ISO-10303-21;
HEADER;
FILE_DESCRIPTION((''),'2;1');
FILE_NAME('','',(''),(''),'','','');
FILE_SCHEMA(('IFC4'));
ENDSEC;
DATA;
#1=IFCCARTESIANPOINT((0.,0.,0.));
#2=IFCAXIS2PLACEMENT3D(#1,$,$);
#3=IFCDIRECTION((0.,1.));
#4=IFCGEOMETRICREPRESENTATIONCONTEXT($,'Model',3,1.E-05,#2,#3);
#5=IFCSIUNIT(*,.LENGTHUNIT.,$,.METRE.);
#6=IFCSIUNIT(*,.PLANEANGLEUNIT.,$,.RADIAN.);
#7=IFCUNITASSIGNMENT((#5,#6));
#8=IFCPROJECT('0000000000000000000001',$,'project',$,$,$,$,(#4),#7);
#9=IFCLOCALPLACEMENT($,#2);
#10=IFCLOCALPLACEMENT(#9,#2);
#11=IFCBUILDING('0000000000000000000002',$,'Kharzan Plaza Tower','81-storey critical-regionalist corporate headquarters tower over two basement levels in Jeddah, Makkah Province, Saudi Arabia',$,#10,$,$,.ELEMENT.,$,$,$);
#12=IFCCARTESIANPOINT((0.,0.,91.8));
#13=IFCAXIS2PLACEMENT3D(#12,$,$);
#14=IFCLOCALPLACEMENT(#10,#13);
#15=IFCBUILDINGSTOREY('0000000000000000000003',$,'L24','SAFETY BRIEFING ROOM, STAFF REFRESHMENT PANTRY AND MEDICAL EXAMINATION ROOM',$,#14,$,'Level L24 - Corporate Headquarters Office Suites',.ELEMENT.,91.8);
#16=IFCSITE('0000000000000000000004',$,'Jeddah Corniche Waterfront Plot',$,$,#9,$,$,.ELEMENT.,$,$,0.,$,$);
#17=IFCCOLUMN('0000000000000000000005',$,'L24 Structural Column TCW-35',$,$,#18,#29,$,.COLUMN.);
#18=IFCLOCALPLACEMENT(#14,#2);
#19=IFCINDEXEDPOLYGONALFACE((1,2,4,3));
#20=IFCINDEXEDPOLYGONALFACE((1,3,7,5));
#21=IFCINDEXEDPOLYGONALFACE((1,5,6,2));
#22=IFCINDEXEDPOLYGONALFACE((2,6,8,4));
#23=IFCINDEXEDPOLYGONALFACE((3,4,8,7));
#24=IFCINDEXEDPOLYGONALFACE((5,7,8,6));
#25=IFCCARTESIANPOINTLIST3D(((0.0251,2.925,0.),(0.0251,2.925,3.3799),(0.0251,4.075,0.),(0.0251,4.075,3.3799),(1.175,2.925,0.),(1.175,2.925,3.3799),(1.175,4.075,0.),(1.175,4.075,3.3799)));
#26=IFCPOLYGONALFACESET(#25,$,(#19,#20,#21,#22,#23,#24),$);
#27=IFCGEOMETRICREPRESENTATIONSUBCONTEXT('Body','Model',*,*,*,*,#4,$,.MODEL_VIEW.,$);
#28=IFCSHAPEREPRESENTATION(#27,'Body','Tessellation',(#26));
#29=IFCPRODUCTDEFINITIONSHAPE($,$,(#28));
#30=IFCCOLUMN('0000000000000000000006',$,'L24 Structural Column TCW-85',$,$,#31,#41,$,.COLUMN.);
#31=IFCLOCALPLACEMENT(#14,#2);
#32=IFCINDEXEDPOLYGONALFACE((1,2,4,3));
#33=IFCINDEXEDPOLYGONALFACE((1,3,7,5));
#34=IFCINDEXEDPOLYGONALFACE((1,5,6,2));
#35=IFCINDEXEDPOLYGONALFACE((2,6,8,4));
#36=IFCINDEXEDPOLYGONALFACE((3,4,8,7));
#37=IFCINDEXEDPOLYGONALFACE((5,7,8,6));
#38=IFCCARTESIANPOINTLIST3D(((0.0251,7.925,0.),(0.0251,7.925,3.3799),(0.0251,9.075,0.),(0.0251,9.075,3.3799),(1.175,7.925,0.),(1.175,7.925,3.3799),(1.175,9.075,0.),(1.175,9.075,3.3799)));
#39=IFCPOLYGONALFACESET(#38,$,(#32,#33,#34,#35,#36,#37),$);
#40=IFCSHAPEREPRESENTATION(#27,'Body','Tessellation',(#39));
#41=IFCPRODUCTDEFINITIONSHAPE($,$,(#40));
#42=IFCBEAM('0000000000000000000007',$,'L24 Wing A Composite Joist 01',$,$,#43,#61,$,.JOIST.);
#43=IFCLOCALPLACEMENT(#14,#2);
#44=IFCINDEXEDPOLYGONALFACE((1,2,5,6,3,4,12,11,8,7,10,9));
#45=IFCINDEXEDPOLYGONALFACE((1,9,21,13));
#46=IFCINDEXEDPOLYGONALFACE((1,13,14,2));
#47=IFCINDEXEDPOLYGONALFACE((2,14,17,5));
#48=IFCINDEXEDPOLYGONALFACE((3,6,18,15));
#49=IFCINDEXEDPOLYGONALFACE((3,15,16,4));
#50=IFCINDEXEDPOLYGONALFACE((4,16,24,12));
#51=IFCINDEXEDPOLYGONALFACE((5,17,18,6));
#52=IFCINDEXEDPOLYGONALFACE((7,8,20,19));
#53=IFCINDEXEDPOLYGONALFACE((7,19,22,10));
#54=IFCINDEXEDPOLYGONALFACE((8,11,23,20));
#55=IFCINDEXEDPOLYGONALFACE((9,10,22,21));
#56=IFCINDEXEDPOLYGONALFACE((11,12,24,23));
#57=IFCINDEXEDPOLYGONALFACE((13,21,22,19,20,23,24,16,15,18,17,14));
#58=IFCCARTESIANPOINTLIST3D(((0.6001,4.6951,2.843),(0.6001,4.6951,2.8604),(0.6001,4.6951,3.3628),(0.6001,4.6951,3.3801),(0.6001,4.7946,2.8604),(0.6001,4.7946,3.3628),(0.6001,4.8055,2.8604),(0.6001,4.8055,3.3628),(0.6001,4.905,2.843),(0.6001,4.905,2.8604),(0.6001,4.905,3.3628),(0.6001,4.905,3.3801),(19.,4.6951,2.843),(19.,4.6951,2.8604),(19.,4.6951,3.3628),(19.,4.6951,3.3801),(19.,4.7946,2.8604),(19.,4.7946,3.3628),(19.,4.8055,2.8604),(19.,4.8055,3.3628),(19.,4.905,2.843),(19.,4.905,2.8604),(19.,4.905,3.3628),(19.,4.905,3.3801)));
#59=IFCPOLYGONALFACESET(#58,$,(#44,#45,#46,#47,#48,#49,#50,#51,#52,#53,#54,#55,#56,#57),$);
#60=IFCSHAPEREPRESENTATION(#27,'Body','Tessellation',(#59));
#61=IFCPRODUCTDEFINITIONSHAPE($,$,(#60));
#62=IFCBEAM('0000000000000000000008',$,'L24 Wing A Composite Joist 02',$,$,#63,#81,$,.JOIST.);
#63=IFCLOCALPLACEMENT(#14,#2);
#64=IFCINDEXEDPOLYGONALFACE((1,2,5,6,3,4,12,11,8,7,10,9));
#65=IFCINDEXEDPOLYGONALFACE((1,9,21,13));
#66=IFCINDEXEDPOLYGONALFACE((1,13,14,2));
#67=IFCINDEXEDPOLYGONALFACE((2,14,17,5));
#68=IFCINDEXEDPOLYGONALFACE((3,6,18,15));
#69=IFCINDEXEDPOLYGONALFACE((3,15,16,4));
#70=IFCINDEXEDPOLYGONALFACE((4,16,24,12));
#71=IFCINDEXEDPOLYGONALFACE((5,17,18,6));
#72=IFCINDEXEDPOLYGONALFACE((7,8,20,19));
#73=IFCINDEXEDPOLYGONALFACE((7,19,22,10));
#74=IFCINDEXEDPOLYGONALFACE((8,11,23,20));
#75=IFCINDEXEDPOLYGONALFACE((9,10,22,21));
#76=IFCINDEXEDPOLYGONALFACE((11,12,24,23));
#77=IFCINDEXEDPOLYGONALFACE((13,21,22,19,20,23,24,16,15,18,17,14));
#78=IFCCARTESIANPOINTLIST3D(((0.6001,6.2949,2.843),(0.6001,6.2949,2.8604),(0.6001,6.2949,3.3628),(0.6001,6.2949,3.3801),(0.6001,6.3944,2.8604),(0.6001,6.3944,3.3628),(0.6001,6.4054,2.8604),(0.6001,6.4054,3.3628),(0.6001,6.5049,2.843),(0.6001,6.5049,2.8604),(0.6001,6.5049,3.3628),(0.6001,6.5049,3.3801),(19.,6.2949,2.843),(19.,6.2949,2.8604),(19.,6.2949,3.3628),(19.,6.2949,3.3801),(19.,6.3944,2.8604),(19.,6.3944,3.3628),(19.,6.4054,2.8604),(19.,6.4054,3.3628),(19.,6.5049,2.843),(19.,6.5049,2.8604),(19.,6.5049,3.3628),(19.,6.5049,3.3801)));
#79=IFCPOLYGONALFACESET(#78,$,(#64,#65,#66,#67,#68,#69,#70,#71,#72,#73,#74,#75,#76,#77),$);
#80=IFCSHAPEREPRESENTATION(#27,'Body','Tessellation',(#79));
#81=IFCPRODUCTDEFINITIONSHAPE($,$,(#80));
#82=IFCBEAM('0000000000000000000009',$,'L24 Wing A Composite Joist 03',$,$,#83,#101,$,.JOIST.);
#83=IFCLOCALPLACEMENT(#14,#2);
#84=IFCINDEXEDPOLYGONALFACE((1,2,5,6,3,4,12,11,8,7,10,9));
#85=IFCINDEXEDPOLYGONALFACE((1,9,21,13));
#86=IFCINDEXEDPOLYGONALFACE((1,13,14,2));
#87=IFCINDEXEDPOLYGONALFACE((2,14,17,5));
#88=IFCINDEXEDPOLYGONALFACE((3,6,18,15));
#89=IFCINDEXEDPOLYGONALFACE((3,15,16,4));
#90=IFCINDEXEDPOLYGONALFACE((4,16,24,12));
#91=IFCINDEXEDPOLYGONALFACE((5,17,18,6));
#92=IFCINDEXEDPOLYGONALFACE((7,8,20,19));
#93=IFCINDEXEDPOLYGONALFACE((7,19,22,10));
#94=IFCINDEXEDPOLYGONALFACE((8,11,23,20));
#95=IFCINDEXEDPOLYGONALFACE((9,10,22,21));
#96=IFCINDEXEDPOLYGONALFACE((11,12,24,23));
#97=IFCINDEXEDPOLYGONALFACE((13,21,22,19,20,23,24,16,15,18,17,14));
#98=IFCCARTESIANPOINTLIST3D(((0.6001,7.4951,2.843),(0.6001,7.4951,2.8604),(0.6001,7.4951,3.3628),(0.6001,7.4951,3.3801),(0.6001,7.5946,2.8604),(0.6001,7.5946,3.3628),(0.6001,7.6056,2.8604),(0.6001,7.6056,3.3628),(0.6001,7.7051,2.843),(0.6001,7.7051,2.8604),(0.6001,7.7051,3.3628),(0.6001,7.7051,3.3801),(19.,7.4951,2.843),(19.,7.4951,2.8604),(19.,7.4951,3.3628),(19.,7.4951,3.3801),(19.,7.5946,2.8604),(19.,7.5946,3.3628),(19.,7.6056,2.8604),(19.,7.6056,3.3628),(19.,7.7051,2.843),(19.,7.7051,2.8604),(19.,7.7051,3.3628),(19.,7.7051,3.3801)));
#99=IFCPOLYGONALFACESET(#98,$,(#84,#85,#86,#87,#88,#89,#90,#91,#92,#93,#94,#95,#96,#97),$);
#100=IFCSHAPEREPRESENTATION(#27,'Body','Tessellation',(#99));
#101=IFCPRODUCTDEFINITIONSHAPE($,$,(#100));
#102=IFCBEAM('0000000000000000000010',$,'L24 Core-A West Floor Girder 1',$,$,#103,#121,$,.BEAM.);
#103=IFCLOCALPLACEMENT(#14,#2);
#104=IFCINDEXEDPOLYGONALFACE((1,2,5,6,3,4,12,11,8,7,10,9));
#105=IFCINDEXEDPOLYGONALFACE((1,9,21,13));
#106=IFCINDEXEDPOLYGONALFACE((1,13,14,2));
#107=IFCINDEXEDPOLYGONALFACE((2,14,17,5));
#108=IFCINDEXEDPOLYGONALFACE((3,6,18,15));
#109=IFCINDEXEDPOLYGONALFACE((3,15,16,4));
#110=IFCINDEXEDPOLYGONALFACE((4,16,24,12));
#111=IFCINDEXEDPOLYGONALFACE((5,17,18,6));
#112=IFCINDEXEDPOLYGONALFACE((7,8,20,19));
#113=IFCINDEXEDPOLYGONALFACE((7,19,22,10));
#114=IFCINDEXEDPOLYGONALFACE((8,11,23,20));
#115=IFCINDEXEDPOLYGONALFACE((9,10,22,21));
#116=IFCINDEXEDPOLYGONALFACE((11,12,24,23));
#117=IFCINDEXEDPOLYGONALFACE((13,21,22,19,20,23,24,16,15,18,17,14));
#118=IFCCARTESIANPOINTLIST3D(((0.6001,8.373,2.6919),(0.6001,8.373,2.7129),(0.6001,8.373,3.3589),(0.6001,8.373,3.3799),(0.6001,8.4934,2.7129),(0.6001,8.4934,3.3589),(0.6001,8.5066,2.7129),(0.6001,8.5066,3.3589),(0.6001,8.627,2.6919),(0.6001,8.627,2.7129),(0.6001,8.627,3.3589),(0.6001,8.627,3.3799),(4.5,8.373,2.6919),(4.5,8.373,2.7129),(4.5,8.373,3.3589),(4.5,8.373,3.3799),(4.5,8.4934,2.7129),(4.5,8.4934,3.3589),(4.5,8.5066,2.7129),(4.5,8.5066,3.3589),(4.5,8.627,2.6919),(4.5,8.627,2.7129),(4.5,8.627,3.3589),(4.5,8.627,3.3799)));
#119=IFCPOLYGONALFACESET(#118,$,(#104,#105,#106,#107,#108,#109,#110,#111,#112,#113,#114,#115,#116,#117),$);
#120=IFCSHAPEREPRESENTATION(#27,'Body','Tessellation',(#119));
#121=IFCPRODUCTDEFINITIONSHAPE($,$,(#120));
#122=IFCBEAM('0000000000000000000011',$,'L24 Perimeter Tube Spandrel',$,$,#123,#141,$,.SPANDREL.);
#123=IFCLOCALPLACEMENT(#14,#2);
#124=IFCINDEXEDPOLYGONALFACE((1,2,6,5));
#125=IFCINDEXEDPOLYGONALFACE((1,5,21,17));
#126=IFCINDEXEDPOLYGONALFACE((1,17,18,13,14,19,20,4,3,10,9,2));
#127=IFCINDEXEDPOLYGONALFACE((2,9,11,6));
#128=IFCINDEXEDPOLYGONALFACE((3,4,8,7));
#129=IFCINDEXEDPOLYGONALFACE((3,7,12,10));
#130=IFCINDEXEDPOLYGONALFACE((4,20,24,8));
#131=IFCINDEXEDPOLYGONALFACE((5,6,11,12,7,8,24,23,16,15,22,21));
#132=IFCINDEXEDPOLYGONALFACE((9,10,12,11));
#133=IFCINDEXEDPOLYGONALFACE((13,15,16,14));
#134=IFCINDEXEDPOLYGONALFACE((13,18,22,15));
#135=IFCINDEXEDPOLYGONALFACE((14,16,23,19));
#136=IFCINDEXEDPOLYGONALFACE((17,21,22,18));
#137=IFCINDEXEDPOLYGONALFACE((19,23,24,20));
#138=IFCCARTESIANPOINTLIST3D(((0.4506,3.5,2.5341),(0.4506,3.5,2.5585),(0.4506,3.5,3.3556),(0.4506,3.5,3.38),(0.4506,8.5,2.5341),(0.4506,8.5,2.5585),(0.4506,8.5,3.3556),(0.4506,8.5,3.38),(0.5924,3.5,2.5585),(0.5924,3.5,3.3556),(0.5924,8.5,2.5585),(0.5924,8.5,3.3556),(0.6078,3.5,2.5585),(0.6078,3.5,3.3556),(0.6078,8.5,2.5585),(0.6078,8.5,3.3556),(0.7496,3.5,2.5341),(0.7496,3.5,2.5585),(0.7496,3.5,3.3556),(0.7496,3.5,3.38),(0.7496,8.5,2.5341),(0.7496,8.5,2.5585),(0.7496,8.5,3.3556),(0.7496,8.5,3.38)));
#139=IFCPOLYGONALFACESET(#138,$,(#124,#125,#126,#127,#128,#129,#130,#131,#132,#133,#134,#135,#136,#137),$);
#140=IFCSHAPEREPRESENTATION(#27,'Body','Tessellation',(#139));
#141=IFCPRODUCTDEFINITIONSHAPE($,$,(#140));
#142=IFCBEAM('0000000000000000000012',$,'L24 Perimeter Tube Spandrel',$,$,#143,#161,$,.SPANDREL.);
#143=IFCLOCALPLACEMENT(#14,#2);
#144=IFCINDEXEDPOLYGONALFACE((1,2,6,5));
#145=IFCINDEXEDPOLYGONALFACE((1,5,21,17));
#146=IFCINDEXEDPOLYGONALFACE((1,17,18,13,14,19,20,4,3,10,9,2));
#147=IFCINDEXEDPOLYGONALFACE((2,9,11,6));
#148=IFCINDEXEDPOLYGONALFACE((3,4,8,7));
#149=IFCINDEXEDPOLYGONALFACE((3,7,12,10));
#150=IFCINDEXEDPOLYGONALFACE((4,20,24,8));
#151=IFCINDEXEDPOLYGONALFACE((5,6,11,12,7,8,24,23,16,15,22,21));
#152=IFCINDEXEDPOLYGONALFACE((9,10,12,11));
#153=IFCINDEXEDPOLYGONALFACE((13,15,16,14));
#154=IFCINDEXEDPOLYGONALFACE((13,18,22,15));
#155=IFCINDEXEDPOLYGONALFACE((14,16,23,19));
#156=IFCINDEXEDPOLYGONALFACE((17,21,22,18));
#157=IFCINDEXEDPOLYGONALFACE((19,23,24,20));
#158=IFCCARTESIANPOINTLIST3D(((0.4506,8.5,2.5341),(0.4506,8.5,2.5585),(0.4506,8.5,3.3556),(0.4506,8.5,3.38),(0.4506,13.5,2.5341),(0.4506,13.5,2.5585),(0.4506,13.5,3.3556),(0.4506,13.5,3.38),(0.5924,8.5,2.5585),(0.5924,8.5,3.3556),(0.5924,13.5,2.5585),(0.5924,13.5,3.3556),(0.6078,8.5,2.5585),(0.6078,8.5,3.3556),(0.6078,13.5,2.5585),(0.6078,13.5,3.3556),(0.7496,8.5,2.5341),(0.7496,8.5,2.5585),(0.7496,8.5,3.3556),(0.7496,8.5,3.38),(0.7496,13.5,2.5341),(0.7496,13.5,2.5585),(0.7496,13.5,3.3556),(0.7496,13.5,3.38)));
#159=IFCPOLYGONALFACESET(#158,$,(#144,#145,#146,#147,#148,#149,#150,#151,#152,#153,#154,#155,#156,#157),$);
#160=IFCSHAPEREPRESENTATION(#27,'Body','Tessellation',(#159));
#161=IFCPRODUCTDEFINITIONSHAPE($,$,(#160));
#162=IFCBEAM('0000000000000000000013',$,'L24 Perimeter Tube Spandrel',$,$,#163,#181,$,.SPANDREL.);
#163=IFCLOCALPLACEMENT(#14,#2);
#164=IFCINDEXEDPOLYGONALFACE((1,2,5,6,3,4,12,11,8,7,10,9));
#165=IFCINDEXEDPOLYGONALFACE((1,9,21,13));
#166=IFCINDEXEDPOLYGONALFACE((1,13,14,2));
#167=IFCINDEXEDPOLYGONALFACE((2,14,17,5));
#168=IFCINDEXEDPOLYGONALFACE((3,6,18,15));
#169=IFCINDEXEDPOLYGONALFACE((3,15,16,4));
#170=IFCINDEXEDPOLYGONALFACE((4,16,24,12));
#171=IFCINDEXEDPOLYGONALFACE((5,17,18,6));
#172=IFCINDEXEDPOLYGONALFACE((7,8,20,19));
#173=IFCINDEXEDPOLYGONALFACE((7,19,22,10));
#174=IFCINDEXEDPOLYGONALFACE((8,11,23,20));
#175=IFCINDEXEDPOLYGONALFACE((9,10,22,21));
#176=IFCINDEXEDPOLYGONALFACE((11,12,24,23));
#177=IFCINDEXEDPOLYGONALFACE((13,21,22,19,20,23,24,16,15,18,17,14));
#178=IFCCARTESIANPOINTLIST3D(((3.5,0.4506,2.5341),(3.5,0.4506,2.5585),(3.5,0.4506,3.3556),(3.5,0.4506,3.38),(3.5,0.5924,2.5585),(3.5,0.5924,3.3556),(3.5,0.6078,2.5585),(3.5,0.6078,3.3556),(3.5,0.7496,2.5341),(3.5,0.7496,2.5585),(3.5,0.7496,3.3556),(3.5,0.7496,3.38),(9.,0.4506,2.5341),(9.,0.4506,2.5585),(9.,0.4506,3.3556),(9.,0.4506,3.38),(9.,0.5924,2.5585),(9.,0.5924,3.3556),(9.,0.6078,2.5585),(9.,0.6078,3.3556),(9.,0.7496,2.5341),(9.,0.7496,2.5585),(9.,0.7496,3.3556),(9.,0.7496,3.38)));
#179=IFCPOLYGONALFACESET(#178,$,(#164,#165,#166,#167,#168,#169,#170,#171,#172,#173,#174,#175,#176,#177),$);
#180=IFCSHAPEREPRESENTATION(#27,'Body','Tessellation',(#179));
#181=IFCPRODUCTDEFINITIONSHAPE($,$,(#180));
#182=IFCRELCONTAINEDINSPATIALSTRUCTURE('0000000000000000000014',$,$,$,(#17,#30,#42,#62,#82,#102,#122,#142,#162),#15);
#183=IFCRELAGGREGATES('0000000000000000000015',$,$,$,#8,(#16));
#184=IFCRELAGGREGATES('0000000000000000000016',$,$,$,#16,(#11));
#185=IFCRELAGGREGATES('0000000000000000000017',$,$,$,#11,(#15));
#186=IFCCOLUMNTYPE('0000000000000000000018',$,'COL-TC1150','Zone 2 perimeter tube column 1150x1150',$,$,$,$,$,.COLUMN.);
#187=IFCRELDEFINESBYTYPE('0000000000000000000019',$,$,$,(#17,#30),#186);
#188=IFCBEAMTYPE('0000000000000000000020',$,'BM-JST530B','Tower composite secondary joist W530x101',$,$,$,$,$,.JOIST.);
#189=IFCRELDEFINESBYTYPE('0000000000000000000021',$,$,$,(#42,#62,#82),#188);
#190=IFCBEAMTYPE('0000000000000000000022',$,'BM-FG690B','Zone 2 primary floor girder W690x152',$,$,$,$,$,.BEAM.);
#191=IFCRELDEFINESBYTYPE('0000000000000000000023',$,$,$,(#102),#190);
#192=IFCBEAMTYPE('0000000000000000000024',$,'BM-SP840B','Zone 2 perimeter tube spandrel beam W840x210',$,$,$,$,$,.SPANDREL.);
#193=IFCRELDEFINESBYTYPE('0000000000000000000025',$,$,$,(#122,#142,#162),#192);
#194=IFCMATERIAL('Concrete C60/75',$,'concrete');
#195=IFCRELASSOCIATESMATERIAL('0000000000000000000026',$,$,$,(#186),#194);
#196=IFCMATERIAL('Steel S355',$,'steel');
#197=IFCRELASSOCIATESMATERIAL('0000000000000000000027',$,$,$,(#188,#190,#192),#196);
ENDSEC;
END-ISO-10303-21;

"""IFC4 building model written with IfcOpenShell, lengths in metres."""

from ifc_helpers import new_model, si_unit, direction, frame, origin, origin_2d, place, context, subcontext, project, spatial, rectangle, i_section, extrude, source, transform, mapped, material, material_profile, profile_set, type_object, element, save


model = new_model("IFC4")

# Units and contexts
model_context = context("Model", 3, precision=1e-05, world=origin(), true_north=direction((0.0, 1.0)))
body_context = subcontext(model_context, "Body", "Model", "MODEL_VIEW")
ifc_project = project(units=[si_unit("LENGTHUNIT", "METRE"), si_unit("PLANEANGLEUNIT", "RADIAN")], contexts=[model_context])

# Site, building, storey
site_placement = place(None, origin())
site = spatial("IfcSite", under=ifc_project, at=site_placement, Name="Jeddah Corniche Waterfront Plot", CompositionType="ELEMENT", RefElevation=0.0)
building_placement = place(site_placement, origin())
building = spatial("IfcBuilding", under=site, at=building_placement, Name="Kharzan Plaza Tower", Description="81-storey critical-regionalist corporate headquarters tower over two basement levels in Jeddah, Makkah Province, Saudi Arabia", CompositionType="ELEMENT")
storey_placement = place(building_placement, frame((0.0, 0.0, 91.8)))
storey = spatial("IfcBuildingStorey", under=building, at=storey_placement, Name="L24", Description="SAFETY BRIEFING ROOM, STAFF REFRESHMENT PANTRY AND MEDICAL EXAMINATION ROOM", LongName="Level L24 - Corporate Headquarters Office Suites", CompositionType="ELEMENT", Elevation=91.8)

# Columns
ifc_material_1 = material(Name="Concrete C60/75", Category="concrete")
ifc_material_profile_1 = material_profile(ifc_material_1, rectangle(XDim=1.1499, YDim=1.1499, at=origin_2d()), Name="RC-TC1150x1150")
ifc_profile_set_1 = profile_set([ifc_material_profile_1], Name="Concrete C60/75")
column_type = type_object("IfcColumnType", Name="COL-TC1150", Description="Zone 2 perimeter tube column 1150x1150", PredefinedType="COLUMN", material=ifc_profile_set_1)
shared_shape_1 = source(origin(), body_context, "Body", "SweptSolid", [
    extrude(rectangle(XDim=1.1499, YDim=1.1499, at=origin_2d()), origin(), (0.0, 0.0, 1.0), 3.3799),
])
for number, where, z_axis, x_axis, name in (
    (1, (0.6001, 3.5, 0.0), (0.0, 0.0, 1.0), (1.0, 0.0, 0.0), "L24 Structural Column TCW-35"),
    (2, (0.6001, 8.5, 0.0), (0.0, 0.0, 1.0), (1.0, 0.0, 0.0), "L24 Structural Column TCW-85"),
):
    element("IfcColumn", number, at=place(storey_placement, frame(where, z_axis=z_axis, x_axis=x_axis)), inside=storey, type_object=column_type, Name=name, PredefinedType="COLUMN", context=body_context, shape_type="MappedRepresentation", body=[
        mapped(shared_shape_1, transform((0.0, 0.0, 0.0), x_axis=(1.0, 0.0, 0.0), y_axis=(0.0, 1.0, 0.0), z_axis=(0.0, 0.0, 1.0))),
    ])

# Beams
ifc_material_2 = material(Name="Steel S355", Category="steel")
ifc_material_profile_2 = material_profile(ifc_material_2, i_section(OverallWidth=0.21, OverallDepth=0.5371, WebThickness=0.011, FlangeThickness=0.0173, at=origin_2d()), Name="W530x101")
ifc_profile_set_2 = profile_set([ifc_material_profile_2], Name="Steel S355")
beam_type_1 = type_object("IfcBeamType", Name="BM-JST530B", Description="Tower composite secondary joist W530x101", PredefinedType="JOIST", material=ifc_profile_set_2)
shared_shape_2 = source(origin(), body_context, "Body", "SweptSolid", [
    extrude(i_section(OverallWidth=0.21, OverallDepth=0.5371, WebThickness=0.011, FlangeThickness=0.0173, at=origin_2d()), origin(), (0.0, 0.0, 1.0), 18.3999),
])
for number, where, z_axis, x_axis, name in (
    (3, (0.6001, 4.8, 3.1116), (1.0, 0.0, 0.0), (0.0, 1.0, 0.0), "L24 Wing A Composite Joist 01"),
    (4, (0.6001, 6.3999, 3.1116), (1.0, 0.0, 0.0), (0.0, 1.0, 0.0), "L24 Wing A Composite Joist 02"),
    (5, (0.6001, 7.6001, 3.1116), (1.0, 0.0, 0.0), (0.0, 1.0, 0.0), "L24 Wing A Composite Joist 03"),
):
    element("IfcBeam", number, at=place(storey_placement, frame(where, z_axis=z_axis, x_axis=x_axis)), inside=storey, type_object=beam_type_1, Name=name, PredefinedType="JOIST", context=body_context, shape_type="MappedRepresentation", body=[
        mapped(shared_shape_2, transform((0.0, 0.0, 0.0), x_axis=(1.0, 0.0, 0.0), y_axis=(0.0, 1.0, 0.0), z_axis=(0.0, 0.0, 1.0))),
    ])
ifc_material_profile_3 = material_profile(ifc_material_2, i_section(OverallWidth=0.2539, OverallDepth=0.688, WebThickness=0.0132, FlangeThickness=0.021, at=origin_2d()), Name="W690x152")
ifc_profile_set_3 = profile_set([ifc_material_profile_3], Name="Steel S355")
beam_type_2 = type_object("IfcBeamType", Name="BM-FG690B", Description="Zone 2 primary floor girder W690x152", PredefinedType="BEAM", material=ifc_profile_set_3)
shared_shape_3 = source(origin(), body_context, "Body", "SweptSolid", [
    extrude(i_section(OverallWidth=0.2539, OverallDepth=0.688, WebThickness=0.0132, FlangeThickness=0.021, at=origin_2d()), origin(), (0.0, 0.0, 1.0), 3.8999),
])
beam_1_placement = place(storey_placement, frame((0.6001, 8.5, 3.0359), z_axis=(1.0, 0.0, 0.0), x_axis=(0.0, 1.0, 0.0)))
element("IfcBeam", 6, at=beam_1_placement, inside=storey, type_object=beam_type_2, Name="L24 Core-A West Floor Girder 1", PredefinedType="BEAM", context=body_context, shape_type="MappedRepresentation", body=[
    mapped(shared_shape_3, transform((0.0, 0.0, 0.0), x_axis=(1.0, 0.0, 0.0), y_axis=(0.0, 1.0, 0.0), z_axis=(0.0, 0.0, 1.0))),
])
ifc_material_profile_4 = material_profile(ifc_material_2, i_section(OverallWidth=0.2991, OverallDepth=0.8459, WebThickness=0.0154, FlangeThickness=0.0244, at=origin_2d()), Name="W840x210")
ifc_profile_set_4 = profile_set([ifc_material_profile_4], Name="Steel S355")
beam_type_3 = type_object("IfcBeamType", Name="BM-SP840B", Description="Zone 2 perimeter tube spandrel beam W840x210", PredefinedType="SPANDREL", material=ifc_profile_set_4)
shared_shape_4 = source(origin(), body_context, "Body", "SweptSolid", [
    extrude(i_section(OverallWidth=0.2991, OverallDepth=0.8459, WebThickness=0.0154, FlangeThickness=0.0244, at=origin_2d()), origin(), (0.0, 0.0, 1.0), 5.0),
])
for number, where, z_axis, x_axis, name in (
    (7, (0.6001, 3.5, 2.957), (0.0, 1.0, 0.0), (-1.0, 0.0, 0.0), "L24 Perimeter Tube Spandrel"),
    (8, (0.6001, 8.5, 2.957), (0.0, 1.0, 0.0), (-1.0, 0.0, 0.0), "L24 Perimeter Tube Spandrel"),
):
    element("IfcBeam", number, at=place(storey_placement, frame(where, z_axis=z_axis, x_axis=x_axis)), inside=storey, type_object=beam_type_3, Name=name, PredefinedType="SPANDREL", context=body_context, shape_type="MappedRepresentation", body=[
        mapped(shared_shape_4, transform((0.0, 0.0, 0.0), x_axis=(1.0, 0.0, 0.0), y_axis=(0.0, 1.0, 0.0), z_axis=(0.0, 0.0, 1.0))),
    ])
shared_shape_5 = source(origin(), body_context, "Body", "SweptSolid", [
    extrude(i_section(OverallWidth=0.2991, OverallDepth=0.8459, WebThickness=0.0154, FlangeThickness=0.0244, at=origin_2d()), origin(), (0.0, 0.0, 1.0), 5.5),
])
beam_2_placement = place(storey_placement, frame((3.5, 0.6001, 2.957), z_axis=(1.0, 0.0, 0.0), x_axis=(0.0, 1.0, 0.0)))
element("IfcBeam", 9, at=beam_2_placement, inside=storey, type_object=beam_type_3, Name="L24 Perimeter Tube Spandrel", PredefinedType="SPANDREL", context=body_context, shape_type="MappedRepresentation", body=[
    mapped(shared_shape_5, transform((0.0, 0.0, 0.0), x_axis=(1.0, 0.0, 0.0), y_axis=(0.0, 1.0, 0.0), z_axis=(0.0, 0.0, 1.0))),
])

save(model, "model.ifc")
